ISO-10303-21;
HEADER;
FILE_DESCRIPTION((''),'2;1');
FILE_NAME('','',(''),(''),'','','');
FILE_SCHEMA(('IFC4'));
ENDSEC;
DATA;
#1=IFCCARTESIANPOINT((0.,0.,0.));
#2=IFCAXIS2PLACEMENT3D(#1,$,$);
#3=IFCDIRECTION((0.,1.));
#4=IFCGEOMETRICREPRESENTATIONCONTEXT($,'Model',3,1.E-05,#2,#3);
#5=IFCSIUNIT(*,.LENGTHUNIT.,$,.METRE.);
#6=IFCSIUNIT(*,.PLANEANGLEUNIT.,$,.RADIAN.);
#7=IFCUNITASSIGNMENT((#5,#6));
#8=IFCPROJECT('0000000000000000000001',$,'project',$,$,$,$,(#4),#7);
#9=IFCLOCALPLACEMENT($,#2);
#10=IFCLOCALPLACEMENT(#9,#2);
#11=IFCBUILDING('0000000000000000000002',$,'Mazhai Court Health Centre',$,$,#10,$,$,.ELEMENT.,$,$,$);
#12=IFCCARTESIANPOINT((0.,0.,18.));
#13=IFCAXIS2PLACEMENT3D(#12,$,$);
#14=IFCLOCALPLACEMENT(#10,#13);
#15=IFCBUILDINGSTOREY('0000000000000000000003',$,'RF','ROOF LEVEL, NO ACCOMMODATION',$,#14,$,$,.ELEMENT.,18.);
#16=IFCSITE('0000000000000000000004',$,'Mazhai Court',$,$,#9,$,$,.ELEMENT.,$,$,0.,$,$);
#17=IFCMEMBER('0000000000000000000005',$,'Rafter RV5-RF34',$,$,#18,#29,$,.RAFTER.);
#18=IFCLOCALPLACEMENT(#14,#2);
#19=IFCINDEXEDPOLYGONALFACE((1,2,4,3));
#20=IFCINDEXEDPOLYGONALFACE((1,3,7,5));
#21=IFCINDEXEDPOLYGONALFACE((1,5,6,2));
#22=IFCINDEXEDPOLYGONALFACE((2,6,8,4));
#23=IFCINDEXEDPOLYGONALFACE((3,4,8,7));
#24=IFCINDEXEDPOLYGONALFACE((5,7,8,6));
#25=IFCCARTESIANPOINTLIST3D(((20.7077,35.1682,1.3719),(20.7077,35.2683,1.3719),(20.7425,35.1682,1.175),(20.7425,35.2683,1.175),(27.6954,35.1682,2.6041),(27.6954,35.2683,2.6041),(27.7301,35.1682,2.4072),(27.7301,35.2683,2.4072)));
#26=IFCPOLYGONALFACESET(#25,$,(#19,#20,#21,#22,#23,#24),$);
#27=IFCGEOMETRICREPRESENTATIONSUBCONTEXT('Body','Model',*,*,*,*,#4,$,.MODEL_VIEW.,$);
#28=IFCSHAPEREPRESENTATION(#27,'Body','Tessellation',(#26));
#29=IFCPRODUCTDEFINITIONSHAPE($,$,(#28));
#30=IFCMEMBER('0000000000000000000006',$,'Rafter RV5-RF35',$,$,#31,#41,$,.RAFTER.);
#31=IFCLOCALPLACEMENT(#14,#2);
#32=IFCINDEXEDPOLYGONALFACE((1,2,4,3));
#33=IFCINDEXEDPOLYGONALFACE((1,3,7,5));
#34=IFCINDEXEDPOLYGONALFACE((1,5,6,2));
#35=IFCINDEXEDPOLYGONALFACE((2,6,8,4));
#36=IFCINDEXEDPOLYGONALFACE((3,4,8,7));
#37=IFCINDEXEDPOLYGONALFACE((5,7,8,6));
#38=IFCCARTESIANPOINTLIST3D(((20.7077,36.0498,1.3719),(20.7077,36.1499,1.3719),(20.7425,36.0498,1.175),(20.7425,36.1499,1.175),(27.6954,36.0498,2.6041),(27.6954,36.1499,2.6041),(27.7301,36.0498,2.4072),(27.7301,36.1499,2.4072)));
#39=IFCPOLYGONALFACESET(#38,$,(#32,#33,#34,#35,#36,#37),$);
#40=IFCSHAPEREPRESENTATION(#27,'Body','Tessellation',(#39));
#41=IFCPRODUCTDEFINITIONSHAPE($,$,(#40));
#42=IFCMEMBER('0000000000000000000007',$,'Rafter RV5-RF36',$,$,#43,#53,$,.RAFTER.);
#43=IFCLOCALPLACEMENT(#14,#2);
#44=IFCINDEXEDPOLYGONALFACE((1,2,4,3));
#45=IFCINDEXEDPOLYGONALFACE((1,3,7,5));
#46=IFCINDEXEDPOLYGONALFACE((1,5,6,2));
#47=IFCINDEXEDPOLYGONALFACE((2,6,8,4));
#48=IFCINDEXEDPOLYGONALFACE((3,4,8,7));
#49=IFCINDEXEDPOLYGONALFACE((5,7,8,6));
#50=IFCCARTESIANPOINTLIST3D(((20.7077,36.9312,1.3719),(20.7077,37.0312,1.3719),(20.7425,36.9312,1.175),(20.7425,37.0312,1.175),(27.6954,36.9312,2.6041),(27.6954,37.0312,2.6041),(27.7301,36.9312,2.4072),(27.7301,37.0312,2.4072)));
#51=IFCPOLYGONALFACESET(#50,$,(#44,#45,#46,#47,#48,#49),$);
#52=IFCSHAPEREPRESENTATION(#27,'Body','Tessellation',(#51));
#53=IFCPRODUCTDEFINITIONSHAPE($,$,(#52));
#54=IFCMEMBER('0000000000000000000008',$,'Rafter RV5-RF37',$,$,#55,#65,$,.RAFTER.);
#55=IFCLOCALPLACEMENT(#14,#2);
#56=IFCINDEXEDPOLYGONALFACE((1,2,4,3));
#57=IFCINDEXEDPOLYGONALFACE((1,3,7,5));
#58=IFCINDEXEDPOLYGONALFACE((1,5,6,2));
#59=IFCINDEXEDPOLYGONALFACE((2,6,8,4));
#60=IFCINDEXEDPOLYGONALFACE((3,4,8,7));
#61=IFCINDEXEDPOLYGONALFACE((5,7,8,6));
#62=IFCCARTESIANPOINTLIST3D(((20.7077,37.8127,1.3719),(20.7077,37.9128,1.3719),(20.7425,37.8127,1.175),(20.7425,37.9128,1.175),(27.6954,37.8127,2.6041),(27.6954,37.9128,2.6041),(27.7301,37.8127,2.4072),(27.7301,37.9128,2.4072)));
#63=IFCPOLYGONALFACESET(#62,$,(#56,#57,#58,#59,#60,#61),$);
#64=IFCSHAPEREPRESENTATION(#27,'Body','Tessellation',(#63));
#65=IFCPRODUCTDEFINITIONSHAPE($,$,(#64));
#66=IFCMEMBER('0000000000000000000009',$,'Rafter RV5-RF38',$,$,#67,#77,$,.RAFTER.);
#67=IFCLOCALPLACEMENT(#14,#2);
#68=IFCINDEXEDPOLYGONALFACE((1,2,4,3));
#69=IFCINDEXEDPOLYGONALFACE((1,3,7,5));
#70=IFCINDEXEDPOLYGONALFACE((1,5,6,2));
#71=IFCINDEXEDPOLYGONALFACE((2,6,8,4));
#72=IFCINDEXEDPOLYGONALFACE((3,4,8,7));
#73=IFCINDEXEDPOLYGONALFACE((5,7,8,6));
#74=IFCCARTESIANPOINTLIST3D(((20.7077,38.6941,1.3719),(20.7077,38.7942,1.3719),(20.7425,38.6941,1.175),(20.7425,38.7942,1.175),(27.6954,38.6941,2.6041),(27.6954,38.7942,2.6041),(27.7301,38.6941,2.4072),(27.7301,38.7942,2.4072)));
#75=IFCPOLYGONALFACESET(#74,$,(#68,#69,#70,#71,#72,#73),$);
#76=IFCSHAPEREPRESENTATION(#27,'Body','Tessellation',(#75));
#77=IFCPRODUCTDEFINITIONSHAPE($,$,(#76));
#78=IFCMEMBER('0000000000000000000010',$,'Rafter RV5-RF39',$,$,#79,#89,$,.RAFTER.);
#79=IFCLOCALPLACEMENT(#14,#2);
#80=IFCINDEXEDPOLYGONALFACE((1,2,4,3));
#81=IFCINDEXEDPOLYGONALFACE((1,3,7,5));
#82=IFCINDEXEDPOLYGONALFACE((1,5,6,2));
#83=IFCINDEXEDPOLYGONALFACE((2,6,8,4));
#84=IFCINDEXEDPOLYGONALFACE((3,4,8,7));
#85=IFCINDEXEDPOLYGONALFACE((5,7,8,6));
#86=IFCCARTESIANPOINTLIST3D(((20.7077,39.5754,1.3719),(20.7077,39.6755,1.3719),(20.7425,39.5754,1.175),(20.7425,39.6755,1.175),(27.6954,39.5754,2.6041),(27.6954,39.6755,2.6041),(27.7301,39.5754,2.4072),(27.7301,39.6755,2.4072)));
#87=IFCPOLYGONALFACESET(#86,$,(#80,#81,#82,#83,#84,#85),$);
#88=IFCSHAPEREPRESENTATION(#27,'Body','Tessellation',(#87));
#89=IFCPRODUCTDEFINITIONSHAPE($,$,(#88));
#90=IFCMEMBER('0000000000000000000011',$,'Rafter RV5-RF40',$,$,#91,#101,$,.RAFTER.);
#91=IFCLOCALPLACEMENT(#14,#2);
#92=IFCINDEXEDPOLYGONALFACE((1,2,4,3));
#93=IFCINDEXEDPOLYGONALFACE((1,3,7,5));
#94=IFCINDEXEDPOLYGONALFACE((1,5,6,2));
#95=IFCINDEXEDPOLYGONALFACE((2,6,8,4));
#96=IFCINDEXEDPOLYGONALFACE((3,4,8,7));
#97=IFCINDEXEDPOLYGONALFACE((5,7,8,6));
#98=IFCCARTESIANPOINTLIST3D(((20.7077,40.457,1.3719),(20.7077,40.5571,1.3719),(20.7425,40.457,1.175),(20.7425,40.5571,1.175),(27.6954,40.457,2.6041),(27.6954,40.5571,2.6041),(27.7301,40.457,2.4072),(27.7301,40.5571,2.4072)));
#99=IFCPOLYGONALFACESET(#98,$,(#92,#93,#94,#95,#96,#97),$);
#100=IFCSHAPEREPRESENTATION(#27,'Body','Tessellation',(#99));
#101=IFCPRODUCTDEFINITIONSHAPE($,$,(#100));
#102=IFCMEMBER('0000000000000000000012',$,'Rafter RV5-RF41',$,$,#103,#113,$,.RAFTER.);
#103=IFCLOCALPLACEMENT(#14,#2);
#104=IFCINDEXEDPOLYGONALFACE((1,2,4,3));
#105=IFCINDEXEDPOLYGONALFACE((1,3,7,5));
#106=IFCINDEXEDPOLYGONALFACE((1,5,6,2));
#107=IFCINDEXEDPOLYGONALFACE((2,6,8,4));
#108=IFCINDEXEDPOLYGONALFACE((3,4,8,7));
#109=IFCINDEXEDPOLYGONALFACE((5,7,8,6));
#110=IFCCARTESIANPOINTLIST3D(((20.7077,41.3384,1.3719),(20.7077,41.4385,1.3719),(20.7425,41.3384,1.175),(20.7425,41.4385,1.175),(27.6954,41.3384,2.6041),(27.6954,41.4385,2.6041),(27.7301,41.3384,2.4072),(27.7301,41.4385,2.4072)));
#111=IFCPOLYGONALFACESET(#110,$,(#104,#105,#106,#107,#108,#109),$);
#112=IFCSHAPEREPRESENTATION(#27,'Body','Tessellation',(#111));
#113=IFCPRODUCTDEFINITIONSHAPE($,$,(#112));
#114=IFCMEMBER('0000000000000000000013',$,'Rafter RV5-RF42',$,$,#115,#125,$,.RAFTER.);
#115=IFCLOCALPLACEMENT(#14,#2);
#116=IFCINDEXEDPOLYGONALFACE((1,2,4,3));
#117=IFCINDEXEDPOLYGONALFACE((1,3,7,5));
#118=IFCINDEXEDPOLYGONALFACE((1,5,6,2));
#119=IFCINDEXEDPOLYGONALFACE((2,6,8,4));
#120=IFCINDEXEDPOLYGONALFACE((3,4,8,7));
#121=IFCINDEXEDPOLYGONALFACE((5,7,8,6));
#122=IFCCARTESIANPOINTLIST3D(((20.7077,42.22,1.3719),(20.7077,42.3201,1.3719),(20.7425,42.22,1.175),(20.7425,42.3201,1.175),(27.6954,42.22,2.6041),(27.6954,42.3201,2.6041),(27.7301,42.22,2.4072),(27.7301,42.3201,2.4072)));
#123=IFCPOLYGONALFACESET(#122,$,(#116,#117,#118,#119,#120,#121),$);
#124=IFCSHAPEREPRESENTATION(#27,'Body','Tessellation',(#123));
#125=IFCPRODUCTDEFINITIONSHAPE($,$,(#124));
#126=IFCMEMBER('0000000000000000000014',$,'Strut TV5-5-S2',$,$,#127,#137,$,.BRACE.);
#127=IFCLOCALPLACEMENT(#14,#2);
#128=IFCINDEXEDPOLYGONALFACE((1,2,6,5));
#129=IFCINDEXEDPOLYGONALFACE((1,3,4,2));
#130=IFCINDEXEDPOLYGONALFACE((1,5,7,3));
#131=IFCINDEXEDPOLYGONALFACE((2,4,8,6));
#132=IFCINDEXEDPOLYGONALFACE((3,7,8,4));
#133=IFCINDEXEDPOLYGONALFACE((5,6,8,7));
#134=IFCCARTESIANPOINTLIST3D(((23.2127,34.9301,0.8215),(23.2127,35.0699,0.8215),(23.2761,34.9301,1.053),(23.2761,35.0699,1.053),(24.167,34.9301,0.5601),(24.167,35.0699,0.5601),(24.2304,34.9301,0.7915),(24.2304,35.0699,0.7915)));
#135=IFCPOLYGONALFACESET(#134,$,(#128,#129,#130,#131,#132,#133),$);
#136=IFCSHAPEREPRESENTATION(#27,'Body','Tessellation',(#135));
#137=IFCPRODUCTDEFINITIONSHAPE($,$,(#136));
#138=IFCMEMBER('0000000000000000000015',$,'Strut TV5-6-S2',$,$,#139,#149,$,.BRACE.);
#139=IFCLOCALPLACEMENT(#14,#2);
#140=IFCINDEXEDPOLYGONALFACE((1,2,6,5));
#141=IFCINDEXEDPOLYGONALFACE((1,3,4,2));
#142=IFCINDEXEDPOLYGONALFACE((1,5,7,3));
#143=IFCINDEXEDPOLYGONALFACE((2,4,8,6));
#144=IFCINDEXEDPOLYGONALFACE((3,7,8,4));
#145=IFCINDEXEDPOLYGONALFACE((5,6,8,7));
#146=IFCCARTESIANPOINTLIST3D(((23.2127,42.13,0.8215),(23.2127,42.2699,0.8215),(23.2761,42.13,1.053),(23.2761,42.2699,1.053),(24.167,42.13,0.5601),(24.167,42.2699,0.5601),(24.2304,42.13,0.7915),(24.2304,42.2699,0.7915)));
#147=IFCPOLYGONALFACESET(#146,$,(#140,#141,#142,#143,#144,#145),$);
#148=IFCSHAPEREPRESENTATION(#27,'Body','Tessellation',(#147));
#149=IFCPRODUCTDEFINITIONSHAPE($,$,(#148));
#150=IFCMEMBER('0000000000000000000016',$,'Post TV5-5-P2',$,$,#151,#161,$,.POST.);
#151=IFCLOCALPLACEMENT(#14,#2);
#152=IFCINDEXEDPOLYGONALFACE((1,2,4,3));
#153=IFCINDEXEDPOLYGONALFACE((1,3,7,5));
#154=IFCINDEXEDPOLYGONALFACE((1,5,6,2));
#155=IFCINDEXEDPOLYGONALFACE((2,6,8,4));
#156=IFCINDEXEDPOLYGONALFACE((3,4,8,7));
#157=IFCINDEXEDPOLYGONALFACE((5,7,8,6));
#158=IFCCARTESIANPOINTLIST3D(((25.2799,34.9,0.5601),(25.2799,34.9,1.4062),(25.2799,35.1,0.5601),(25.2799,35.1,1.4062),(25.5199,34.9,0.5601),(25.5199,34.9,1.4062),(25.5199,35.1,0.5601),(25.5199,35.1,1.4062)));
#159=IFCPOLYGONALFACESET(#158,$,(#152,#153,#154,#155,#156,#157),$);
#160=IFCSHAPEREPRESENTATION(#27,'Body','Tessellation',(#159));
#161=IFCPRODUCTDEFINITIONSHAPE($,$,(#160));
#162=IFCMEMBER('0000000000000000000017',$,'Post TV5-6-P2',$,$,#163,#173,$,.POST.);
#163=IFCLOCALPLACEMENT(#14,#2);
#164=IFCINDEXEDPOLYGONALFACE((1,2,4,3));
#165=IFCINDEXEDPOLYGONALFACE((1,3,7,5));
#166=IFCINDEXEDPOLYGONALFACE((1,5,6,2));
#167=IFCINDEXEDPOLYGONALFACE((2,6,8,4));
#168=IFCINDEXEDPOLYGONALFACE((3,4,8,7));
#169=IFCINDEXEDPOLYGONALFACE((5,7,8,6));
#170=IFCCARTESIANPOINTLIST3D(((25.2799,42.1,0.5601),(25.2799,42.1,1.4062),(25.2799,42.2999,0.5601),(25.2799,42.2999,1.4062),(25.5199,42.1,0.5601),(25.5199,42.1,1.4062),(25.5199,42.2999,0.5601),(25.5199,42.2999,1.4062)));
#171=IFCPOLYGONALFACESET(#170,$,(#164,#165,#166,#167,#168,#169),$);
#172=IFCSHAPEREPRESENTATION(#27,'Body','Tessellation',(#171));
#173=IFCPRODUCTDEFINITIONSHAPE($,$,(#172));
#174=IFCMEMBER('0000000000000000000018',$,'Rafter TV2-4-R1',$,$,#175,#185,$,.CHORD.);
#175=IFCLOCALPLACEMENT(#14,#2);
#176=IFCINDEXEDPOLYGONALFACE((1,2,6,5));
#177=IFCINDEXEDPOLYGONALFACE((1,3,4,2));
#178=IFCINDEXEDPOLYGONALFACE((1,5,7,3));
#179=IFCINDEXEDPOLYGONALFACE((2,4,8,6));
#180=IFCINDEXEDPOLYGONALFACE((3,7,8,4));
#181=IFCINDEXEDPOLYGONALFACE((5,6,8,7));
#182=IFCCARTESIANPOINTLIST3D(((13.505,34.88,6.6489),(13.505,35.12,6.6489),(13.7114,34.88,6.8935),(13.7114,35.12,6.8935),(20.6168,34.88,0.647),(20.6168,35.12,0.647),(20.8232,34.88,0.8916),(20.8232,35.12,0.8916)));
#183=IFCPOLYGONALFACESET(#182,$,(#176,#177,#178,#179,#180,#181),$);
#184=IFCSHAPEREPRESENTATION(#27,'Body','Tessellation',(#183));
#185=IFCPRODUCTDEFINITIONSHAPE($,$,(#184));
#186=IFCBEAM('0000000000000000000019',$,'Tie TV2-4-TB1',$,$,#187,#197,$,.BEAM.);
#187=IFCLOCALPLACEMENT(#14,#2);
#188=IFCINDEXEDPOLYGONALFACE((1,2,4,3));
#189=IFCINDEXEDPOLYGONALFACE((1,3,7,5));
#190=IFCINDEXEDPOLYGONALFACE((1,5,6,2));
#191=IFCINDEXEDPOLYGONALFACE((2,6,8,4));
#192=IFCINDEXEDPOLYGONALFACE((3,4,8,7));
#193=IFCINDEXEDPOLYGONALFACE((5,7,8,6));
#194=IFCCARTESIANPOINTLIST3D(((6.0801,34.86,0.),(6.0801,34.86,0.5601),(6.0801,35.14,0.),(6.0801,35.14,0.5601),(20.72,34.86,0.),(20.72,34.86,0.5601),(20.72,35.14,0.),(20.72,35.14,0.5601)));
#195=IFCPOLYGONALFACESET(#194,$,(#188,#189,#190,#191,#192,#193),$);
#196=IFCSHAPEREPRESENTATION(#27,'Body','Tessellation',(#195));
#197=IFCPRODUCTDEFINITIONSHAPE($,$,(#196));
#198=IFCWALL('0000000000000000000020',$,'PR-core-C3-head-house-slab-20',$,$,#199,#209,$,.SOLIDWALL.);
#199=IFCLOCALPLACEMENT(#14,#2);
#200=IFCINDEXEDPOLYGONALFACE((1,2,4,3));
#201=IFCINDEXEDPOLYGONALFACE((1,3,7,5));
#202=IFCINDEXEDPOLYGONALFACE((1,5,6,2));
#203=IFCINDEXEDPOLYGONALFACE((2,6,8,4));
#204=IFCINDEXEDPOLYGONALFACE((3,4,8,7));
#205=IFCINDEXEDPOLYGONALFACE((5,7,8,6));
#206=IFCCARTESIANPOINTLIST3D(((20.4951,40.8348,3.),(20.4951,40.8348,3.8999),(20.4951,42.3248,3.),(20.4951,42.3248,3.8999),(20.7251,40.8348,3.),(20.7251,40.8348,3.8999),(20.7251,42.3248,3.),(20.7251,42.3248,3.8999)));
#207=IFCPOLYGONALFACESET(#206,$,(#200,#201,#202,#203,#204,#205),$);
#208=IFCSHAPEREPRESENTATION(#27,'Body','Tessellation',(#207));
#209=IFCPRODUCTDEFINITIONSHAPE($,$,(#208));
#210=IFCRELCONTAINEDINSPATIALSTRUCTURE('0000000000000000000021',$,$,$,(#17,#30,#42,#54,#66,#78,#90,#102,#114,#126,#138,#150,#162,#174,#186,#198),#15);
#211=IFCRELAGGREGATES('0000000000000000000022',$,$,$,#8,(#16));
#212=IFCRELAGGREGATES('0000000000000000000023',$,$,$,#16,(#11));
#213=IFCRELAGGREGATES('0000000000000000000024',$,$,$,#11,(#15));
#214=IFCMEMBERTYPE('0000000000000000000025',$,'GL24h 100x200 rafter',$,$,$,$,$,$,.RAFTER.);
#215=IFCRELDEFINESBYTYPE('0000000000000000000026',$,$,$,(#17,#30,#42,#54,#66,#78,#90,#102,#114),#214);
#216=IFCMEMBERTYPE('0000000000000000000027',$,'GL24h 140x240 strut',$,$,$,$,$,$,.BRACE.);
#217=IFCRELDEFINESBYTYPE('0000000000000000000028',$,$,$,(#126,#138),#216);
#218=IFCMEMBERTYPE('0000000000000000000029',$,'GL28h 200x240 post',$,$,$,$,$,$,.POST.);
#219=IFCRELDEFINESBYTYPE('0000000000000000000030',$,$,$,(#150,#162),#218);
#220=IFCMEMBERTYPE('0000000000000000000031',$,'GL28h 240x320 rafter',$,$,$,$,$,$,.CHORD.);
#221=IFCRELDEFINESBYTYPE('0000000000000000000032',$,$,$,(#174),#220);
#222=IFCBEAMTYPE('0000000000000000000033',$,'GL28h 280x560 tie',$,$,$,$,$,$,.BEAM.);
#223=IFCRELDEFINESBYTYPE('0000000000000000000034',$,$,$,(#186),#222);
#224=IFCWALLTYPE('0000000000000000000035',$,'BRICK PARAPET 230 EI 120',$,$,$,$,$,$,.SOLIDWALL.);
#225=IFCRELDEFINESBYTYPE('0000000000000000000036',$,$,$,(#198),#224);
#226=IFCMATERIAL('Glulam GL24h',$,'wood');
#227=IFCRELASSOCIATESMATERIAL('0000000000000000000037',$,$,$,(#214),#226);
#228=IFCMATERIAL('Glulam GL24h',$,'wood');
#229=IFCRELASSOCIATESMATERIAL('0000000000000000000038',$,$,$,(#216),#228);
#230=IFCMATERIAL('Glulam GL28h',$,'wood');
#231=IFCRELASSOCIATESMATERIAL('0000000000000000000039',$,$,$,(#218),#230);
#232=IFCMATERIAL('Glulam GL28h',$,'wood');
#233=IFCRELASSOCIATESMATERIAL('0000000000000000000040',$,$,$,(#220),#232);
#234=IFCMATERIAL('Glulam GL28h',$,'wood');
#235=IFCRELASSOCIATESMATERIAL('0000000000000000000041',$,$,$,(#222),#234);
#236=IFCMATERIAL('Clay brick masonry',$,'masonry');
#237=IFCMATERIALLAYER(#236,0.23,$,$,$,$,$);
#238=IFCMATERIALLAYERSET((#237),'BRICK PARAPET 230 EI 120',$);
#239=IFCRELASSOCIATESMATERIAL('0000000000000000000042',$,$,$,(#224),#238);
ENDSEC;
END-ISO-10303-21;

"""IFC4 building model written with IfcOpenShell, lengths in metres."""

from ifc_helpers import new_model, si_unit, direction, frame, frame_2d, origin, origin_2d, place, context, subcontext, project, spatial, rectangle, extrude, material, layer, layer_set, material_profile, profile_set, type_object, element, save


model = new_model("IFC4")

# Units and contexts
model_context = context("Model", 3, precision=1e-05, world=origin(), true_north=direction((0.0, 1.0)))
body_context = subcontext(model_context, "Body", "Model", "MODEL_VIEW")
ifc_project = project(units=[si_unit("LENGTHUNIT", "METRE"), si_unit("PLANEANGLEUNIT", "RADIAN")], contexts=[model_context])

# Site, building, storey
site_placement = place(None, origin())
site = spatial("IfcSite", under=ifc_project, at=site_placement, Name="Mazhai Court", CompositionType="ELEMENT", RefElevation=0.0)
building_placement = place(site_placement, origin())
building = spatial("IfcBuilding", under=site, at=building_placement, Name="Mazhai Court Health Centre", CompositionType="ELEMENT")
storey_placement = place(building_placement, frame((0.0, 0.0, 18.0)))
storey = spatial("IfcBuildingStorey", under=building, at=storey_placement, Name="RF", Description="ROOF LEVEL, NO ACCOMMODATION", CompositionType="ELEMENT", Elevation=18.0)

# Members
ifc_material_1 = material(Name="Glulam GL24h", Category="wood")
ifc_material_profile_1 = material_profile(ifc_material_1, rectangle(XDim=0.1001, YDim=0.2, at=origin_2d()), Name="GL24h 100x200")
ifc_profile_set_1 = profile_set([ifc_material_profile_1], Name="Glulam GL24h")
member_type_1 = type_object("IfcMemberType", Name="GL24h 100x200 rafter", PredefinedType="RAFTER", material=ifc_profile_set_1)
for number, where, z_axis, x_axis, name in (
    (1, (20.7251, 35.2183, 1.2734), (0.984806, 0.0, 0.17366), (0.0, 1.0, 0.0), "Rafter RV5-RF34"),
    (2, (20.7251, 36.0999, 1.2734), (0.984806, 0.0, 0.17366), (0.0, 1.0, 0.0), "Rafter RV5-RF35"),
    (3, (20.7251, 36.9812, 1.2734), (0.984806, 0.0, 0.17366), (0.0, 1.0, 0.0), "Rafter RV5-RF36"),
    (4, (20.7251, 37.8628, 1.2734), (0.984806, 0.0, 0.17366), (0.0, 1.0, 0.0), "Rafter RV5-RF37"),
    (5, (20.7251, 38.7441, 1.2734), (0.984806, 0.0, 0.17366), (0.0, 1.0, 0.0), "Rafter RV5-RF38"),
    (6, (20.7251, 39.6255, 1.2734), (0.984806, 0.0, 0.17366), (0.0, 1.0, 0.0), "Rafter RV5-RF39"),
    (7, (20.7251, 40.5071, 1.2734), (0.984806, 0.0, 0.17366), (0.0, 1.0, 0.0), "Rafter RV5-RF40"),
    (8, (20.7251, 41.3884, 1.2734), (0.984806, 0.0, 0.17366), (0.0, 1.0, 0.0), "Rafter RV5-RF41"),
    (9, (20.7251, 42.27, 1.2734), (0.984806, 0.0, 0.17366), (0.0, 1.0, 0.0), "Rafter RV5-RF42"),
):
    element("IfcMember", number, at=place(storey_placement, frame(where, z_axis=z_axis, x_axis=x_axis)), inside=storey, type_object=member_type_1, Name=name, PredefinedType="RAFTER", context=body_context, shape_type="SweptSolid", body=[
        extrude(rectangle(XDim=0.1001, YDim=0.2, at=origin_2d()), origin(), (0.0, 0.0, 1.0), 7.0955),
    ])
ifc_material_2 = material(Name="Glulam GL24h", Category="wood")
ifc_material_profile_2 = material_profile(ifc_material_2, rectangle(XDim=0.1399, YDim=0.24, at=origin_2d()), Name="GL24h 140x240")
ifc_profile_set_2 = profile_set([ifc_material_profile_2], Name="Glulam GL24h")
member_type_2 = type_object("IfcMemberType", Name="GL24h 140x240 strut", PredefinedType="BRACE", material=ifc_profile_set_2)
for number, where, z_axis, x_axis, name in (
    (10, (24.1987, 35.0, 0.6758), (-0.964456, 0.0, 0.264245), (0.0, -1.0, 0.0), "Strut TV5-5-S2"),
    (11, (24.1987, 42.2, 0.6758), (-0.964456, 0.0, 0.264245), (0.0, -1.0, 0.0), "Strut TV5-6-S2"),
):
    element("IfcMember", number, at=place(storey_placement, frame(where, z_axis=z_axis, x_axis=x_axis)), inside=storey, type_object=member_type_2, Name=name, PredefinedType="BRACE", context=body_context, shape_type="SweptSolid", body=[
        extrude(rectangle(XDim=0.1399, YDim=0.24, at=origin_2d()), origin(), (0.0, 0.0, 1.0), 0.9895),
    ])
ifc_material_3 = material(Name="Glulam GL28h", Category="wood")
ifc_material_profile_3 = material_profile(ifc_material_3, rectangle(XDim=0.2, YDim=0.24, at=origin_2d()), Name="GL28h 200x240")
ifc_profile_set_3 = profile_set([ifc_material_profile_3], Name="Glulam GL28h")
member_type_3 = type_object("IfcMemberType", Name="GL28h 200x240 post", PredefinedType="POST", material=ifc_profile_set_3)
for number, where, z_axis, x_axis, name in (
    (12, (25.3999, 35.0, 0.5601), (0.0, 0.0, 1.0), (0.0, 1.0, 0.0), "Post TV5-5-P2"),
    (13, (25.3999, 42.2, 0.5601), (0.0, 0.0, 1.0), (0.0, 1.0, 0.0), "Post TV5-6-P2"),
):
    element("IfcMember", number, at=place(storey_placement, frame(where, z_axis=z_axis, x_axis=x_axis)), inside=storey, type_object=member_type_3, Name=name, PredefinedType="POST", context=body_context, shape_type="SweptSolid", body=[
        extrude(rectangle(XDim=0.2, YDim=0.24, at=origin_2d()), origin(), (0.0, 0.0, 1.0), 0.8462),
    ])
ifc_material_4 = material(Name="Glulam GL28h", Category="wood")
ifc_material_profile_4 = material_profile(ifc_material_4, rectangle(XDim=0.24, YDim=0.3201, at=origin_2d()), Name="GL28h 240x320")
ifc_profile_set_4 = profile_set([ifc_material_profile_4], Name="Glulam GL28h")
member_type_4 = type_object("IfcMemberType", Name="GL28h 240x320 rafter", PredefinedType="CHORD", material=ifc_profile_set_4)
member_placement = place(storey_placement, frame((20.72, 35.0, 0.7693), z_axis=(-0.76422, 0.0, 0.644956), x_axis=(0.0, -1.0, 0.0)))
element("IfcMember", 14, at=member_placement, inside=storey, type_object=member_type_4, Name="Rafter TV2-4-R1", PredefinedType="CHORD", context=body_context, shape_type="SweptSolid", body=[
    extrude(rectangle(XDim=0.24, YDim=0.3201, at=origin_2d()), origin(), (0.0, 0.0, 1.0), 9.3059),
])

# Beam
ifc_material_5 = material(Name="Glulam GL28h", Category="wood")
ifc_material_profile_5 = material_profile(ifc_material_5, rectangle(XDim=0.28, YDim=0.5601, at=origin_2d()), Name="GL28h 280x560")
ifc_profile_set_5 = profile_set([ifc_material_profile_5], Name="Glulam GL28h")
beam_type = type_object("IfcBeamType", Name="GL28h 280x560 tie", PredefinedType="BEAM", material=ifc_profile_set_5)
beam_placement = place(storey_placement, frame((20.72, 35.0, 0.28), z_axis=(-1.0, 0.0, 0.0), x_axis=(0.0, -1.0, 0.0)))
element("IfcBeam", 15, at=beam_placement, inside=storey, type_object=beam_type, Name="Tie TV2-4-TB1", PredefinedType="BEAM", context=body_context, shape_type="SweptSolid", body=[
    extrude(rectangle(XDim=0.28, YDim=0.5601, at=origin_2d()), origin(), (0.0, 0.0, 1.0), 14.6399),
])

# Wall
ifc_material_6 = material(Name="Clay brick masonry", Category="masonry")
ifc_layer = layer(ifc_material_6, 0.23)
ifc_layer_set = layer_set([ifc_layer], Name="BRICK PARAPET 230 EI 120")
wall_type = type_object("IfcWallType", Name="BRICK PARAPET 230 EI 120", PredefinedType="SOLIDWALL", material=ifc_layer_set)
wall_placement = place(storey_placement, frame((20.6101, 42.325, 3.0), z_axis=(0.0, 0.0, 1.0), x_axis=(0.0, -1.0, 0.0)))
element("IfcWall", 16, at=wall_placement, inside=storey, type_object=wall_type, Name="PR-core-C3-head-house-slab-20", PredefinedType="SOLIDWALL", context=body_context, shape_type="SweptSolid", body=[
    extrude(rectangle(XDim=1.49, YDim=0.23, at=frame_2d((0.7451, 0.0))), origin(), (0.0, 0.0, 1.0), 0.8999),
])

save(model, "model.ifc")
